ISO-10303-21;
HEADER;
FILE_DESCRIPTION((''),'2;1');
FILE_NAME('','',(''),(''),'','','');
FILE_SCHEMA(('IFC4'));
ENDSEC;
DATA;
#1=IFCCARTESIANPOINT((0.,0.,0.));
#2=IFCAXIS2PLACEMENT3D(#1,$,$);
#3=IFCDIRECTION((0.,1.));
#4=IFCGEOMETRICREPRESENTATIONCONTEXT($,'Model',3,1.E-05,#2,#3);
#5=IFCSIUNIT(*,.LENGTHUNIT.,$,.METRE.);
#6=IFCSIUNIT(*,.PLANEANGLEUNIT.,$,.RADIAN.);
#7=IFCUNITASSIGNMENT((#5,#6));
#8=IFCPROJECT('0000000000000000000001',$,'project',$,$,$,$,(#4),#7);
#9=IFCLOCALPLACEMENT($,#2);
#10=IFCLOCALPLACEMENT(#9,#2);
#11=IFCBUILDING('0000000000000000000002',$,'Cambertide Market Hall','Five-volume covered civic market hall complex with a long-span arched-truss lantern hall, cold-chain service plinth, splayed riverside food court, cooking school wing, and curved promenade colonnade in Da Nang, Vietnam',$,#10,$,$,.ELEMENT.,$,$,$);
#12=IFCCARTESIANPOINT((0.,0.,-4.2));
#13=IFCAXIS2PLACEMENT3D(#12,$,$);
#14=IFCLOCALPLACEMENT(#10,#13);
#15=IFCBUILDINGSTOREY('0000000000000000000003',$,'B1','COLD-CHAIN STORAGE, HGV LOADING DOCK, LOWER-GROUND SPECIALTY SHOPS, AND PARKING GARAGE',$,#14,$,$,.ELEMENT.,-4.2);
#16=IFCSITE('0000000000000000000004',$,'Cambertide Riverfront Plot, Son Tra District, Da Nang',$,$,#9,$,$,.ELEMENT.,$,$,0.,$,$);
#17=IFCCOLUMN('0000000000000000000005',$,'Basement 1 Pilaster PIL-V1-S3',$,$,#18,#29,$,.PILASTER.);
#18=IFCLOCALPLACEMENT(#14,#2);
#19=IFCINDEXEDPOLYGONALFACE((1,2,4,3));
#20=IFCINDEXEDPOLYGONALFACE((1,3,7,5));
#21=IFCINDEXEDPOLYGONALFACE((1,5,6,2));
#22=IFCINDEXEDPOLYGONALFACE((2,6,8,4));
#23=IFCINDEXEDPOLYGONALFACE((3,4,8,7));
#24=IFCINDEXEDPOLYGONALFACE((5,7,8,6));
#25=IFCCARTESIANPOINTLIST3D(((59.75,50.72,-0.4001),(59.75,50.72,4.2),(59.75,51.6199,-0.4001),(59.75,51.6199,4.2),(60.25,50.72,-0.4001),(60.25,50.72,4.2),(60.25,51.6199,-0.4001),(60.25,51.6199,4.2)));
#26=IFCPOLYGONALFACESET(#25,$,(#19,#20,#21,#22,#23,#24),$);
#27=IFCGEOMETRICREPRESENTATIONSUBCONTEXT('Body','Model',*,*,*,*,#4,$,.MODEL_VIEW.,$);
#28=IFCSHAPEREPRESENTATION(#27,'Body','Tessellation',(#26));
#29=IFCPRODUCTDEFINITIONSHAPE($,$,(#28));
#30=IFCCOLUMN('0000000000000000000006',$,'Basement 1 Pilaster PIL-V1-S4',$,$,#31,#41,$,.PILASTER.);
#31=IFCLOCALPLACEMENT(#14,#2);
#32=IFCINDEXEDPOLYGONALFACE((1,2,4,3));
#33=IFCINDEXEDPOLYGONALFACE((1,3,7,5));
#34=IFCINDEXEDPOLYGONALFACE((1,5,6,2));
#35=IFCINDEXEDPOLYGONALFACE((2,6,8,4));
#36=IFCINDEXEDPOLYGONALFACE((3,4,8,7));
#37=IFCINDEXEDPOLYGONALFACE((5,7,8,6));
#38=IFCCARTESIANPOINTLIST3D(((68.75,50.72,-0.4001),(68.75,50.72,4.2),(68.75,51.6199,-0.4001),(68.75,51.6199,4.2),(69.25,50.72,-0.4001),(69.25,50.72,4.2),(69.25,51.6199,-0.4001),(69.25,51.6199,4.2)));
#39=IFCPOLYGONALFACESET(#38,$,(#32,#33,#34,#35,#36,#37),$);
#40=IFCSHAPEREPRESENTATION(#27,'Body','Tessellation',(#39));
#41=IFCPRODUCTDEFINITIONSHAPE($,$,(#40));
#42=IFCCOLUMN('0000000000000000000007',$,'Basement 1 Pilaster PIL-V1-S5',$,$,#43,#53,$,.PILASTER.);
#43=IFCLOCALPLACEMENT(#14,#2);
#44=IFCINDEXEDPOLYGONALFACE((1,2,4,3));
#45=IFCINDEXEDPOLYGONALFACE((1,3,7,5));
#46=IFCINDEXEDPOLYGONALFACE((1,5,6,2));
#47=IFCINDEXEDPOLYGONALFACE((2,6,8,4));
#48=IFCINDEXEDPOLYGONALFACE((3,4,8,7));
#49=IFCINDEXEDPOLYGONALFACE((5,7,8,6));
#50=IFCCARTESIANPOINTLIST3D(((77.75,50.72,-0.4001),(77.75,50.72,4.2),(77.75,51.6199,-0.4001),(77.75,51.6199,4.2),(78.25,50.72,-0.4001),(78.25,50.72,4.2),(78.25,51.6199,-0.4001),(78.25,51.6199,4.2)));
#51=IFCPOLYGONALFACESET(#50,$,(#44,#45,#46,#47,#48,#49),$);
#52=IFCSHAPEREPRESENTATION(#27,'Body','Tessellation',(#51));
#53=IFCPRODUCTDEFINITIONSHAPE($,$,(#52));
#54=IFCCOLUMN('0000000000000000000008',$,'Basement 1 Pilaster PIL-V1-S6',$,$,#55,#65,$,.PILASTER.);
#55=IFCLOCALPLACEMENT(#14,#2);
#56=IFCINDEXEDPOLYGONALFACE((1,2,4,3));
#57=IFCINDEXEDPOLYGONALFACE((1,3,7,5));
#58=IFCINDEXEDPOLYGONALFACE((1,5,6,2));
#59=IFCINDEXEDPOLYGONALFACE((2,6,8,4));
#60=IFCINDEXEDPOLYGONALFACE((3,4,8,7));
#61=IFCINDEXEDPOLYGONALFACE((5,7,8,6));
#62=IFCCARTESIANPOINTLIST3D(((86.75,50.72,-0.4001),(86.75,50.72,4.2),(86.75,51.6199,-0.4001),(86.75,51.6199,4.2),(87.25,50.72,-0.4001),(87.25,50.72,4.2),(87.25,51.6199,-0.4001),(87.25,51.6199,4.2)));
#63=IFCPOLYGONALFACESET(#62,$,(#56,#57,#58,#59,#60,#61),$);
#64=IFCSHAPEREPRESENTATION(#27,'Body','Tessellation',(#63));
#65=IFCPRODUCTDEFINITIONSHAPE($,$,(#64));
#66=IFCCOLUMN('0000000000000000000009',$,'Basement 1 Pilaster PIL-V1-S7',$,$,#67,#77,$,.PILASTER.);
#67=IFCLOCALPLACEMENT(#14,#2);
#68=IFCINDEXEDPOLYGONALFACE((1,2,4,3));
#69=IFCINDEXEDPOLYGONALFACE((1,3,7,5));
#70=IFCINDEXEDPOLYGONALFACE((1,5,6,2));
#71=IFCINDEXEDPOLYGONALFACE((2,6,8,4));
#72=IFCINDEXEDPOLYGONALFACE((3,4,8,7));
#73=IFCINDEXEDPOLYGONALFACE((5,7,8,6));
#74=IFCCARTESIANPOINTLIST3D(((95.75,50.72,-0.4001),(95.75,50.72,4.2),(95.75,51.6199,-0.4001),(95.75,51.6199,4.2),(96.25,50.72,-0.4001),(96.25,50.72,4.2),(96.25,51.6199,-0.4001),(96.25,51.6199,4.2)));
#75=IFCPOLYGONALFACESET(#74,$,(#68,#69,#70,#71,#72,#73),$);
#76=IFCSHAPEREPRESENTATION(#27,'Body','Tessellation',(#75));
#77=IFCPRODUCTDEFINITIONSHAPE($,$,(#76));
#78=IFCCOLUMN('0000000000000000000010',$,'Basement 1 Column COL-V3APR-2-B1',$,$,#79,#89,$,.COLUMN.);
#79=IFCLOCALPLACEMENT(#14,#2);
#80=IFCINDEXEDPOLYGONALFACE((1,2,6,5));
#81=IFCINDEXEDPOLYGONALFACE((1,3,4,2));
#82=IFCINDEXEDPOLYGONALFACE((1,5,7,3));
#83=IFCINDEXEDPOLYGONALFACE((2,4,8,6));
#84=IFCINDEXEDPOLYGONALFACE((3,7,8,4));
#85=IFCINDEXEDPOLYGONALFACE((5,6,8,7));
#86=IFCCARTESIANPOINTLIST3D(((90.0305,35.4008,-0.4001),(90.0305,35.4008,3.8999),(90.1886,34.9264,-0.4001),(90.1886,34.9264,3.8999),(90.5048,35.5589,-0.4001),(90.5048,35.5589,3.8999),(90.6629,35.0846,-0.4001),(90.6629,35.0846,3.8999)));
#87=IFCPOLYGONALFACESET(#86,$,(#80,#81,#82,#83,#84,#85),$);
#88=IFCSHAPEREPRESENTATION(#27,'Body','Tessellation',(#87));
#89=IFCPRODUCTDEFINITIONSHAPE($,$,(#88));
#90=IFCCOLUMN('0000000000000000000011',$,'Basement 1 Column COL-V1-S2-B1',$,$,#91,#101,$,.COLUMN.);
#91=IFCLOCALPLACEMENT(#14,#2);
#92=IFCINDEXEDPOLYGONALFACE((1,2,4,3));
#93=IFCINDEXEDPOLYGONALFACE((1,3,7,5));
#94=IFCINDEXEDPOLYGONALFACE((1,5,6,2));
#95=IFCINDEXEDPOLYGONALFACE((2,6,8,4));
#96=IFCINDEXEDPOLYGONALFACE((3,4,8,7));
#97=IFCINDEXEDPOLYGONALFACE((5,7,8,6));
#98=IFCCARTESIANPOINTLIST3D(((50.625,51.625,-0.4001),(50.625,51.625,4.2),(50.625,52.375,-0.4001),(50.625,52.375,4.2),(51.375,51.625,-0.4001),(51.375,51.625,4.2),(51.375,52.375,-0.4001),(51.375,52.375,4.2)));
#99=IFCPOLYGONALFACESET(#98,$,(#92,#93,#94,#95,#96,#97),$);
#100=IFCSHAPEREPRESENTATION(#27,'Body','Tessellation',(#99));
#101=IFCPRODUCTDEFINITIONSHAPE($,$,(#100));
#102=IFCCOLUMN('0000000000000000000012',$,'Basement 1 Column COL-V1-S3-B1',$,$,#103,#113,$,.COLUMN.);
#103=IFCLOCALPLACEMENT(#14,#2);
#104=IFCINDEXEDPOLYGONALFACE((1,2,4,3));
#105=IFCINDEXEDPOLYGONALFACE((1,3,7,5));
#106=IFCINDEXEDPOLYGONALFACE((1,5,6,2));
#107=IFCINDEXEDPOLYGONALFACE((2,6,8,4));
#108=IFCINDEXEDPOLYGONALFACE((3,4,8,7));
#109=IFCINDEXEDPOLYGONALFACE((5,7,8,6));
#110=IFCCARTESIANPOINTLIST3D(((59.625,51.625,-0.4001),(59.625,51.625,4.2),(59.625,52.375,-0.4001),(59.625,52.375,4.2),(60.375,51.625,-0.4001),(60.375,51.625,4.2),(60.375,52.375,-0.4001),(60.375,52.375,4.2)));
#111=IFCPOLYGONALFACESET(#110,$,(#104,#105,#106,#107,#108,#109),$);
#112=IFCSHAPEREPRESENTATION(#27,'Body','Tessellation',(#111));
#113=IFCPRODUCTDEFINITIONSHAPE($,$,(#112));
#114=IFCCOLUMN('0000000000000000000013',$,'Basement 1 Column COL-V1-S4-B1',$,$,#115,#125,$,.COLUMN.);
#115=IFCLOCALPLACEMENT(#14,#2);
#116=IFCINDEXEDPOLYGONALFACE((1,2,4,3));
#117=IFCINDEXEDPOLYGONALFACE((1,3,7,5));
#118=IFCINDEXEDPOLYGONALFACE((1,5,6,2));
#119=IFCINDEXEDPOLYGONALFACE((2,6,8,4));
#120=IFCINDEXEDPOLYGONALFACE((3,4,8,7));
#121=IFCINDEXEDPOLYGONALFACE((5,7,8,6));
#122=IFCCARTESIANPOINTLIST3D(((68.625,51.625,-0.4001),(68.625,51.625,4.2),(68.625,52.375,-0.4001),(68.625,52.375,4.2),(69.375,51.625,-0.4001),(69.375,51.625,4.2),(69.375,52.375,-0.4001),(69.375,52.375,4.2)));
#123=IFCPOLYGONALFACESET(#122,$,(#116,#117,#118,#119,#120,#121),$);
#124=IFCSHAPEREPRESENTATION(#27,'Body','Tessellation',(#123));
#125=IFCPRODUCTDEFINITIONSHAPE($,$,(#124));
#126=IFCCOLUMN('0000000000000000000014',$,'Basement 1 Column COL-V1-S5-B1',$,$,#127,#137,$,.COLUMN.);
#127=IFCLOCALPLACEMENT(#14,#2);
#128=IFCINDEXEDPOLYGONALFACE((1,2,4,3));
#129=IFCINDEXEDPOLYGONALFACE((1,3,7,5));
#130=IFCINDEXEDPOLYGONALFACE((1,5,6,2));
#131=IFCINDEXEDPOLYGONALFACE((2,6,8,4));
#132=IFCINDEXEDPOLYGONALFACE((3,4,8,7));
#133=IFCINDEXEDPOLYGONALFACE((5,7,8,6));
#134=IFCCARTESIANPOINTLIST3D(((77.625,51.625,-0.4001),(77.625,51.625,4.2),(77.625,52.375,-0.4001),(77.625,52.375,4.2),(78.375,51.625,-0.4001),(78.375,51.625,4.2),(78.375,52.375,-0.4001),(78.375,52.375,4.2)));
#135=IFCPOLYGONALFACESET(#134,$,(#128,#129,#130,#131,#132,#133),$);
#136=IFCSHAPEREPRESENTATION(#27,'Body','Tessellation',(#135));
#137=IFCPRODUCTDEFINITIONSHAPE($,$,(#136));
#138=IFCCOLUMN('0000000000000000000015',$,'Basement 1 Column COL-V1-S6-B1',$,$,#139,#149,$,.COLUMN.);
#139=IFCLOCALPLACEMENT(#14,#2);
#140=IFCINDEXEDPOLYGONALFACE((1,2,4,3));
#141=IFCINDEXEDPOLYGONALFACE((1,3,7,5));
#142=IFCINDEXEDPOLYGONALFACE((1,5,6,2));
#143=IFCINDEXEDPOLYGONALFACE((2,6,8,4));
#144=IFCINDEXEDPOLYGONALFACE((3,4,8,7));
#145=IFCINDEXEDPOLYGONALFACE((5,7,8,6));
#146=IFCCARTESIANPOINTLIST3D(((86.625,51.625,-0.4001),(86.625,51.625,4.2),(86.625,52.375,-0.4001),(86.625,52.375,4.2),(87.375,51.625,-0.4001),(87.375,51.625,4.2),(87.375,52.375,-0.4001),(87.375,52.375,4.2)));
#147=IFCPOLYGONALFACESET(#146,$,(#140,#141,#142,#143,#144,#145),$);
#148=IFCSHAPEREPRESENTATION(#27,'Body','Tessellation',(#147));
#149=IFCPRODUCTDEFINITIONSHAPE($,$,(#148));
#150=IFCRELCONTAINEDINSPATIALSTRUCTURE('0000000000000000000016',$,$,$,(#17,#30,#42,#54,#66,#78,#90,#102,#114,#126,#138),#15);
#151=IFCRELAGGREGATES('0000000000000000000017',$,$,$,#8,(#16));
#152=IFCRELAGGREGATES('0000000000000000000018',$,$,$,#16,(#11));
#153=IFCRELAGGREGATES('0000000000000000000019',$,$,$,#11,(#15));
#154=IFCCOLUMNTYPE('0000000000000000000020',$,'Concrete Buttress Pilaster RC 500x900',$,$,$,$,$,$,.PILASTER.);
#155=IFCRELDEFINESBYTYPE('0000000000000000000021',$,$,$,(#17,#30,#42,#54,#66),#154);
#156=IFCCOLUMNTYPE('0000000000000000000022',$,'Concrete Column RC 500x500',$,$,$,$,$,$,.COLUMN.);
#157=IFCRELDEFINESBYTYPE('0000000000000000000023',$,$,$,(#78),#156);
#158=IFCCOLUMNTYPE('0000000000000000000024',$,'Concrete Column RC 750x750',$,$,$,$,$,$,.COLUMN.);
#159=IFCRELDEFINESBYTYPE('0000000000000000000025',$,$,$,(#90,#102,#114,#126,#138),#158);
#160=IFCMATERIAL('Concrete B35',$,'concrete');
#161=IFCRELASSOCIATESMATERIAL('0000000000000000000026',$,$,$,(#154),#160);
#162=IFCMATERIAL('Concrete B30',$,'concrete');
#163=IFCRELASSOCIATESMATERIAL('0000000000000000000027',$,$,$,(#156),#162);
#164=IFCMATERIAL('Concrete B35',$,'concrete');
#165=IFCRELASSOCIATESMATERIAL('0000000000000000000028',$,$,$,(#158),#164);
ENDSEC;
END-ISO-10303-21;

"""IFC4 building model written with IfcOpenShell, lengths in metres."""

from ifc_helpers import new_model, si_unit, direction, frame, origin, origin_2d, place, context, subcontext, project, spatial, rectangle, extrude, material, material_profile, profile_set, type_object, element, save


model = new_model("IFC4")

# Units and contexts
model_context = context("Model", 3, precision=1e-05, world=origin(), true_north=direction((0.0, 1.0)))
body_context = subcontext(model_context, "Body", "Model", "MODEL_VIEW")
ifc_project = project(units=[si_unit("LENGTHUNIT", "METRE"), si_unit("PLANEANGLEUNIT", "RADIAN")], contexts=[model_context])

# Site, building, storey
site_placement = place(None, origin())
site = spatial("IfcSite", under=ifc_project, at=site_placement, Name="Cambertide Riverfront Plot, Son Tra District, Da Nang", CompositionType="ELEMENT", RefElevation=0.0)
building_placement = place(site_placement, origin())
building = spatial("IfcBuilding", under=site, at=building_placement, Name="Cambertide Market Hall", Description="Five-volume covered civic market hall complex with a long-span arched-truss lantern hall, cold-chain service plinth, splayed riverside food court, cooking school wing, and curved promenade colonnade in Da Nang, Vietnam", CompositionType="ELEMENT")
storey_placement = place(building_placement, frame((0.0, 0.0, -4.2)))
storey = spatial("IfcBuildingStorey", under=building, at=storey_placement, Name="B1", Description="COLD-CHAIN STORAGE, HGV LOADING DOCK, LOWER-GROUND SPECIALTY SHOPS, AND PARKING GARAGE", CompositionType="ELEMENT", Elevation=-4.2)

# Columns
ifc_material_1 = material(Name="Concrete B35", Category="concrete")
ifc_material_profile_1 = material_profile(ifc_material_1, rectangle(XDim=0.5, YDim=0.8999, at=origin_2d()), Name="RC 500x900")
ifc_profile_set_1 = profile_set([ifc_material_profile_1], Name="Concrete B35")
column_type_1 = type_object("IfcColumnType", Name="Concrete Buttress Pilaster RC 500x900", PredefinedType="PILASTER", material=ifc_profile_set_1)
for number, where, z_axis, x_axis, name in (
    (1, (60.0, 51.1699, -0.4001), (0.0, 0.0, 1.0), (1.0, 0.0, 0.0), "Basement 1 Pilaster PIL-V1-S3"),
    (2, (69.0, 51.1699, -0.4001), (0.0, 0.0, 1.0), (1.0, 0.0, 0.0), "Basement 1 Pilaster PIL-V1-S4"),
    (3, (78.0, 51.1699, -0.4001), (0.0, 0.0, 1.0), (1.0, 0.0, 0.0), "Basement 1 Pilaster PIL-V1-S5"),
    (4, (87.0, 51.1699, -0.4001), (0.0, 0.0, 1.0), (1.0, 0.0, 0.0), "Basement 1 Pilaster PIL-V1-S6"),
    (5, (96.0, 51.1699, -0.4001), (0.0, 0.0, 1.0), (1.0, 0.0, 0.0), "Basement 1 Pilaster PIL-V1-S7"),
):
    element("IfcColumn", number, at=place(storey_placement, frame(where, z_axis=z_axis, x_axis=x_axis)), inside=storey, type_object=column_type_1, Name=name, PredefinedType="PILASTER", context=body_context, shape_type="SweptSolid", body=[
        extrude(rectangle(XDim=0.5, YDim=0.8999, at=origin_2d()), origin(), (0.0, 0.0, 1.0), 4.6001),
    ])
ifc_material_2 = material(Name="Concrete B30", Category="concrete")
ifc_material_profile_2 = material_profile(ifc_material_2, rectangle(XDim=0.5, YDim=0.5, at=origin_2d()), Name="RC 500x500")
ifc_profile_set_2 = profile_set([ifc_material_profile_2], Name="Concrete B30")
column_type_2 = type_object("IfcColumnType", Name="Concrete Column RC 500x500", PredefinedType="COLUMN", material=ifc_profile_set_2)
column_placement = place(storey_placement, frame((90.3467, 35.2427, -0.4001), z_axis=(0.0, 0.0, 1.0), x_axis=(0.948683, 0.316228, 0.0)))
element("IfcColumn", 6, at=column_placement, inside=storey, type_object=column_type_2, Name="Basement 1 Column COL-V3APR-2-B1", PredefinedType="COLUMN", context=body_context, shape_type="SweptSolid", body=[
    extrude(rectangle(XDim=0.5, YDim=0.5, at=origin_2d()), origin(), (0.0, 0.0, 1.0), 4.3),
])
ifc_material_3 = material(Name="Concrete B35", Category="concrete")
ifc_material_profile_3 = material_profile(ifc_material_3, rectangle(XDim=0.75, YDim=0.75, at=origin_2d()), Name="RC 750x750")
ifc_profile_set_3 = profile_set([ifc_material_profile_3], Name="Concrete B35")
column_type_3 = type_object("IfcColumnType", Name="Concrete Column RC 750x750", PredefinedType="COLUMN", material=ifc_profile_set_3)
for number, where, z_axis, x_axis, name in (
    (7, (51.0, 52.0, -0.4001), (0.0, 0.0, 1.0), (0.0, 1.0, 0.0), "Basement 1 Column COL-V1-S2-B1"),
    (8, (60.0, 52.0, -0.4001), (0.0, 0.0, 1.0), (0.0, 1.0, 0.0), "Basement 1 Column COL-V1-S3-B1"),
    (9, (69.0, 52.0, -0.4001), (0.0, 0.0, 1.0), (0.0, 1.0, 0.0), "Basement 1 Column COL-V1-S4-B1"),
    (10, (78.0, 52.0, -0.4001), (0.0, 0.0, 1.0), (0.0, 1.0, 0.0), "Basement 1 Column COL-V1-S5-B1"),
    (11, (87.0, 52.0, -0.4001), (0.0, 0.0, 1.0), (0.0, 1.0, 0.0), "Basement 1 Column COL-V1-S6-B1"),
):
    element("IfcColumn", number, at=place(storey_placement, frame(where, z_axis=z_axis, x_axis=x_axis)), inside=storey, type_object=column_type_3, Name=name, PredefinedType="COLUMN", context=body_context, shape_type="SweptSolid", body=[
        extrude(rectangle(XDim=0.75, YDim=0.75, at=origin_2d()), origin(), (0.0, 0.0, 1.0), 4.6001),
    ])

save(model, "model.ifc")
